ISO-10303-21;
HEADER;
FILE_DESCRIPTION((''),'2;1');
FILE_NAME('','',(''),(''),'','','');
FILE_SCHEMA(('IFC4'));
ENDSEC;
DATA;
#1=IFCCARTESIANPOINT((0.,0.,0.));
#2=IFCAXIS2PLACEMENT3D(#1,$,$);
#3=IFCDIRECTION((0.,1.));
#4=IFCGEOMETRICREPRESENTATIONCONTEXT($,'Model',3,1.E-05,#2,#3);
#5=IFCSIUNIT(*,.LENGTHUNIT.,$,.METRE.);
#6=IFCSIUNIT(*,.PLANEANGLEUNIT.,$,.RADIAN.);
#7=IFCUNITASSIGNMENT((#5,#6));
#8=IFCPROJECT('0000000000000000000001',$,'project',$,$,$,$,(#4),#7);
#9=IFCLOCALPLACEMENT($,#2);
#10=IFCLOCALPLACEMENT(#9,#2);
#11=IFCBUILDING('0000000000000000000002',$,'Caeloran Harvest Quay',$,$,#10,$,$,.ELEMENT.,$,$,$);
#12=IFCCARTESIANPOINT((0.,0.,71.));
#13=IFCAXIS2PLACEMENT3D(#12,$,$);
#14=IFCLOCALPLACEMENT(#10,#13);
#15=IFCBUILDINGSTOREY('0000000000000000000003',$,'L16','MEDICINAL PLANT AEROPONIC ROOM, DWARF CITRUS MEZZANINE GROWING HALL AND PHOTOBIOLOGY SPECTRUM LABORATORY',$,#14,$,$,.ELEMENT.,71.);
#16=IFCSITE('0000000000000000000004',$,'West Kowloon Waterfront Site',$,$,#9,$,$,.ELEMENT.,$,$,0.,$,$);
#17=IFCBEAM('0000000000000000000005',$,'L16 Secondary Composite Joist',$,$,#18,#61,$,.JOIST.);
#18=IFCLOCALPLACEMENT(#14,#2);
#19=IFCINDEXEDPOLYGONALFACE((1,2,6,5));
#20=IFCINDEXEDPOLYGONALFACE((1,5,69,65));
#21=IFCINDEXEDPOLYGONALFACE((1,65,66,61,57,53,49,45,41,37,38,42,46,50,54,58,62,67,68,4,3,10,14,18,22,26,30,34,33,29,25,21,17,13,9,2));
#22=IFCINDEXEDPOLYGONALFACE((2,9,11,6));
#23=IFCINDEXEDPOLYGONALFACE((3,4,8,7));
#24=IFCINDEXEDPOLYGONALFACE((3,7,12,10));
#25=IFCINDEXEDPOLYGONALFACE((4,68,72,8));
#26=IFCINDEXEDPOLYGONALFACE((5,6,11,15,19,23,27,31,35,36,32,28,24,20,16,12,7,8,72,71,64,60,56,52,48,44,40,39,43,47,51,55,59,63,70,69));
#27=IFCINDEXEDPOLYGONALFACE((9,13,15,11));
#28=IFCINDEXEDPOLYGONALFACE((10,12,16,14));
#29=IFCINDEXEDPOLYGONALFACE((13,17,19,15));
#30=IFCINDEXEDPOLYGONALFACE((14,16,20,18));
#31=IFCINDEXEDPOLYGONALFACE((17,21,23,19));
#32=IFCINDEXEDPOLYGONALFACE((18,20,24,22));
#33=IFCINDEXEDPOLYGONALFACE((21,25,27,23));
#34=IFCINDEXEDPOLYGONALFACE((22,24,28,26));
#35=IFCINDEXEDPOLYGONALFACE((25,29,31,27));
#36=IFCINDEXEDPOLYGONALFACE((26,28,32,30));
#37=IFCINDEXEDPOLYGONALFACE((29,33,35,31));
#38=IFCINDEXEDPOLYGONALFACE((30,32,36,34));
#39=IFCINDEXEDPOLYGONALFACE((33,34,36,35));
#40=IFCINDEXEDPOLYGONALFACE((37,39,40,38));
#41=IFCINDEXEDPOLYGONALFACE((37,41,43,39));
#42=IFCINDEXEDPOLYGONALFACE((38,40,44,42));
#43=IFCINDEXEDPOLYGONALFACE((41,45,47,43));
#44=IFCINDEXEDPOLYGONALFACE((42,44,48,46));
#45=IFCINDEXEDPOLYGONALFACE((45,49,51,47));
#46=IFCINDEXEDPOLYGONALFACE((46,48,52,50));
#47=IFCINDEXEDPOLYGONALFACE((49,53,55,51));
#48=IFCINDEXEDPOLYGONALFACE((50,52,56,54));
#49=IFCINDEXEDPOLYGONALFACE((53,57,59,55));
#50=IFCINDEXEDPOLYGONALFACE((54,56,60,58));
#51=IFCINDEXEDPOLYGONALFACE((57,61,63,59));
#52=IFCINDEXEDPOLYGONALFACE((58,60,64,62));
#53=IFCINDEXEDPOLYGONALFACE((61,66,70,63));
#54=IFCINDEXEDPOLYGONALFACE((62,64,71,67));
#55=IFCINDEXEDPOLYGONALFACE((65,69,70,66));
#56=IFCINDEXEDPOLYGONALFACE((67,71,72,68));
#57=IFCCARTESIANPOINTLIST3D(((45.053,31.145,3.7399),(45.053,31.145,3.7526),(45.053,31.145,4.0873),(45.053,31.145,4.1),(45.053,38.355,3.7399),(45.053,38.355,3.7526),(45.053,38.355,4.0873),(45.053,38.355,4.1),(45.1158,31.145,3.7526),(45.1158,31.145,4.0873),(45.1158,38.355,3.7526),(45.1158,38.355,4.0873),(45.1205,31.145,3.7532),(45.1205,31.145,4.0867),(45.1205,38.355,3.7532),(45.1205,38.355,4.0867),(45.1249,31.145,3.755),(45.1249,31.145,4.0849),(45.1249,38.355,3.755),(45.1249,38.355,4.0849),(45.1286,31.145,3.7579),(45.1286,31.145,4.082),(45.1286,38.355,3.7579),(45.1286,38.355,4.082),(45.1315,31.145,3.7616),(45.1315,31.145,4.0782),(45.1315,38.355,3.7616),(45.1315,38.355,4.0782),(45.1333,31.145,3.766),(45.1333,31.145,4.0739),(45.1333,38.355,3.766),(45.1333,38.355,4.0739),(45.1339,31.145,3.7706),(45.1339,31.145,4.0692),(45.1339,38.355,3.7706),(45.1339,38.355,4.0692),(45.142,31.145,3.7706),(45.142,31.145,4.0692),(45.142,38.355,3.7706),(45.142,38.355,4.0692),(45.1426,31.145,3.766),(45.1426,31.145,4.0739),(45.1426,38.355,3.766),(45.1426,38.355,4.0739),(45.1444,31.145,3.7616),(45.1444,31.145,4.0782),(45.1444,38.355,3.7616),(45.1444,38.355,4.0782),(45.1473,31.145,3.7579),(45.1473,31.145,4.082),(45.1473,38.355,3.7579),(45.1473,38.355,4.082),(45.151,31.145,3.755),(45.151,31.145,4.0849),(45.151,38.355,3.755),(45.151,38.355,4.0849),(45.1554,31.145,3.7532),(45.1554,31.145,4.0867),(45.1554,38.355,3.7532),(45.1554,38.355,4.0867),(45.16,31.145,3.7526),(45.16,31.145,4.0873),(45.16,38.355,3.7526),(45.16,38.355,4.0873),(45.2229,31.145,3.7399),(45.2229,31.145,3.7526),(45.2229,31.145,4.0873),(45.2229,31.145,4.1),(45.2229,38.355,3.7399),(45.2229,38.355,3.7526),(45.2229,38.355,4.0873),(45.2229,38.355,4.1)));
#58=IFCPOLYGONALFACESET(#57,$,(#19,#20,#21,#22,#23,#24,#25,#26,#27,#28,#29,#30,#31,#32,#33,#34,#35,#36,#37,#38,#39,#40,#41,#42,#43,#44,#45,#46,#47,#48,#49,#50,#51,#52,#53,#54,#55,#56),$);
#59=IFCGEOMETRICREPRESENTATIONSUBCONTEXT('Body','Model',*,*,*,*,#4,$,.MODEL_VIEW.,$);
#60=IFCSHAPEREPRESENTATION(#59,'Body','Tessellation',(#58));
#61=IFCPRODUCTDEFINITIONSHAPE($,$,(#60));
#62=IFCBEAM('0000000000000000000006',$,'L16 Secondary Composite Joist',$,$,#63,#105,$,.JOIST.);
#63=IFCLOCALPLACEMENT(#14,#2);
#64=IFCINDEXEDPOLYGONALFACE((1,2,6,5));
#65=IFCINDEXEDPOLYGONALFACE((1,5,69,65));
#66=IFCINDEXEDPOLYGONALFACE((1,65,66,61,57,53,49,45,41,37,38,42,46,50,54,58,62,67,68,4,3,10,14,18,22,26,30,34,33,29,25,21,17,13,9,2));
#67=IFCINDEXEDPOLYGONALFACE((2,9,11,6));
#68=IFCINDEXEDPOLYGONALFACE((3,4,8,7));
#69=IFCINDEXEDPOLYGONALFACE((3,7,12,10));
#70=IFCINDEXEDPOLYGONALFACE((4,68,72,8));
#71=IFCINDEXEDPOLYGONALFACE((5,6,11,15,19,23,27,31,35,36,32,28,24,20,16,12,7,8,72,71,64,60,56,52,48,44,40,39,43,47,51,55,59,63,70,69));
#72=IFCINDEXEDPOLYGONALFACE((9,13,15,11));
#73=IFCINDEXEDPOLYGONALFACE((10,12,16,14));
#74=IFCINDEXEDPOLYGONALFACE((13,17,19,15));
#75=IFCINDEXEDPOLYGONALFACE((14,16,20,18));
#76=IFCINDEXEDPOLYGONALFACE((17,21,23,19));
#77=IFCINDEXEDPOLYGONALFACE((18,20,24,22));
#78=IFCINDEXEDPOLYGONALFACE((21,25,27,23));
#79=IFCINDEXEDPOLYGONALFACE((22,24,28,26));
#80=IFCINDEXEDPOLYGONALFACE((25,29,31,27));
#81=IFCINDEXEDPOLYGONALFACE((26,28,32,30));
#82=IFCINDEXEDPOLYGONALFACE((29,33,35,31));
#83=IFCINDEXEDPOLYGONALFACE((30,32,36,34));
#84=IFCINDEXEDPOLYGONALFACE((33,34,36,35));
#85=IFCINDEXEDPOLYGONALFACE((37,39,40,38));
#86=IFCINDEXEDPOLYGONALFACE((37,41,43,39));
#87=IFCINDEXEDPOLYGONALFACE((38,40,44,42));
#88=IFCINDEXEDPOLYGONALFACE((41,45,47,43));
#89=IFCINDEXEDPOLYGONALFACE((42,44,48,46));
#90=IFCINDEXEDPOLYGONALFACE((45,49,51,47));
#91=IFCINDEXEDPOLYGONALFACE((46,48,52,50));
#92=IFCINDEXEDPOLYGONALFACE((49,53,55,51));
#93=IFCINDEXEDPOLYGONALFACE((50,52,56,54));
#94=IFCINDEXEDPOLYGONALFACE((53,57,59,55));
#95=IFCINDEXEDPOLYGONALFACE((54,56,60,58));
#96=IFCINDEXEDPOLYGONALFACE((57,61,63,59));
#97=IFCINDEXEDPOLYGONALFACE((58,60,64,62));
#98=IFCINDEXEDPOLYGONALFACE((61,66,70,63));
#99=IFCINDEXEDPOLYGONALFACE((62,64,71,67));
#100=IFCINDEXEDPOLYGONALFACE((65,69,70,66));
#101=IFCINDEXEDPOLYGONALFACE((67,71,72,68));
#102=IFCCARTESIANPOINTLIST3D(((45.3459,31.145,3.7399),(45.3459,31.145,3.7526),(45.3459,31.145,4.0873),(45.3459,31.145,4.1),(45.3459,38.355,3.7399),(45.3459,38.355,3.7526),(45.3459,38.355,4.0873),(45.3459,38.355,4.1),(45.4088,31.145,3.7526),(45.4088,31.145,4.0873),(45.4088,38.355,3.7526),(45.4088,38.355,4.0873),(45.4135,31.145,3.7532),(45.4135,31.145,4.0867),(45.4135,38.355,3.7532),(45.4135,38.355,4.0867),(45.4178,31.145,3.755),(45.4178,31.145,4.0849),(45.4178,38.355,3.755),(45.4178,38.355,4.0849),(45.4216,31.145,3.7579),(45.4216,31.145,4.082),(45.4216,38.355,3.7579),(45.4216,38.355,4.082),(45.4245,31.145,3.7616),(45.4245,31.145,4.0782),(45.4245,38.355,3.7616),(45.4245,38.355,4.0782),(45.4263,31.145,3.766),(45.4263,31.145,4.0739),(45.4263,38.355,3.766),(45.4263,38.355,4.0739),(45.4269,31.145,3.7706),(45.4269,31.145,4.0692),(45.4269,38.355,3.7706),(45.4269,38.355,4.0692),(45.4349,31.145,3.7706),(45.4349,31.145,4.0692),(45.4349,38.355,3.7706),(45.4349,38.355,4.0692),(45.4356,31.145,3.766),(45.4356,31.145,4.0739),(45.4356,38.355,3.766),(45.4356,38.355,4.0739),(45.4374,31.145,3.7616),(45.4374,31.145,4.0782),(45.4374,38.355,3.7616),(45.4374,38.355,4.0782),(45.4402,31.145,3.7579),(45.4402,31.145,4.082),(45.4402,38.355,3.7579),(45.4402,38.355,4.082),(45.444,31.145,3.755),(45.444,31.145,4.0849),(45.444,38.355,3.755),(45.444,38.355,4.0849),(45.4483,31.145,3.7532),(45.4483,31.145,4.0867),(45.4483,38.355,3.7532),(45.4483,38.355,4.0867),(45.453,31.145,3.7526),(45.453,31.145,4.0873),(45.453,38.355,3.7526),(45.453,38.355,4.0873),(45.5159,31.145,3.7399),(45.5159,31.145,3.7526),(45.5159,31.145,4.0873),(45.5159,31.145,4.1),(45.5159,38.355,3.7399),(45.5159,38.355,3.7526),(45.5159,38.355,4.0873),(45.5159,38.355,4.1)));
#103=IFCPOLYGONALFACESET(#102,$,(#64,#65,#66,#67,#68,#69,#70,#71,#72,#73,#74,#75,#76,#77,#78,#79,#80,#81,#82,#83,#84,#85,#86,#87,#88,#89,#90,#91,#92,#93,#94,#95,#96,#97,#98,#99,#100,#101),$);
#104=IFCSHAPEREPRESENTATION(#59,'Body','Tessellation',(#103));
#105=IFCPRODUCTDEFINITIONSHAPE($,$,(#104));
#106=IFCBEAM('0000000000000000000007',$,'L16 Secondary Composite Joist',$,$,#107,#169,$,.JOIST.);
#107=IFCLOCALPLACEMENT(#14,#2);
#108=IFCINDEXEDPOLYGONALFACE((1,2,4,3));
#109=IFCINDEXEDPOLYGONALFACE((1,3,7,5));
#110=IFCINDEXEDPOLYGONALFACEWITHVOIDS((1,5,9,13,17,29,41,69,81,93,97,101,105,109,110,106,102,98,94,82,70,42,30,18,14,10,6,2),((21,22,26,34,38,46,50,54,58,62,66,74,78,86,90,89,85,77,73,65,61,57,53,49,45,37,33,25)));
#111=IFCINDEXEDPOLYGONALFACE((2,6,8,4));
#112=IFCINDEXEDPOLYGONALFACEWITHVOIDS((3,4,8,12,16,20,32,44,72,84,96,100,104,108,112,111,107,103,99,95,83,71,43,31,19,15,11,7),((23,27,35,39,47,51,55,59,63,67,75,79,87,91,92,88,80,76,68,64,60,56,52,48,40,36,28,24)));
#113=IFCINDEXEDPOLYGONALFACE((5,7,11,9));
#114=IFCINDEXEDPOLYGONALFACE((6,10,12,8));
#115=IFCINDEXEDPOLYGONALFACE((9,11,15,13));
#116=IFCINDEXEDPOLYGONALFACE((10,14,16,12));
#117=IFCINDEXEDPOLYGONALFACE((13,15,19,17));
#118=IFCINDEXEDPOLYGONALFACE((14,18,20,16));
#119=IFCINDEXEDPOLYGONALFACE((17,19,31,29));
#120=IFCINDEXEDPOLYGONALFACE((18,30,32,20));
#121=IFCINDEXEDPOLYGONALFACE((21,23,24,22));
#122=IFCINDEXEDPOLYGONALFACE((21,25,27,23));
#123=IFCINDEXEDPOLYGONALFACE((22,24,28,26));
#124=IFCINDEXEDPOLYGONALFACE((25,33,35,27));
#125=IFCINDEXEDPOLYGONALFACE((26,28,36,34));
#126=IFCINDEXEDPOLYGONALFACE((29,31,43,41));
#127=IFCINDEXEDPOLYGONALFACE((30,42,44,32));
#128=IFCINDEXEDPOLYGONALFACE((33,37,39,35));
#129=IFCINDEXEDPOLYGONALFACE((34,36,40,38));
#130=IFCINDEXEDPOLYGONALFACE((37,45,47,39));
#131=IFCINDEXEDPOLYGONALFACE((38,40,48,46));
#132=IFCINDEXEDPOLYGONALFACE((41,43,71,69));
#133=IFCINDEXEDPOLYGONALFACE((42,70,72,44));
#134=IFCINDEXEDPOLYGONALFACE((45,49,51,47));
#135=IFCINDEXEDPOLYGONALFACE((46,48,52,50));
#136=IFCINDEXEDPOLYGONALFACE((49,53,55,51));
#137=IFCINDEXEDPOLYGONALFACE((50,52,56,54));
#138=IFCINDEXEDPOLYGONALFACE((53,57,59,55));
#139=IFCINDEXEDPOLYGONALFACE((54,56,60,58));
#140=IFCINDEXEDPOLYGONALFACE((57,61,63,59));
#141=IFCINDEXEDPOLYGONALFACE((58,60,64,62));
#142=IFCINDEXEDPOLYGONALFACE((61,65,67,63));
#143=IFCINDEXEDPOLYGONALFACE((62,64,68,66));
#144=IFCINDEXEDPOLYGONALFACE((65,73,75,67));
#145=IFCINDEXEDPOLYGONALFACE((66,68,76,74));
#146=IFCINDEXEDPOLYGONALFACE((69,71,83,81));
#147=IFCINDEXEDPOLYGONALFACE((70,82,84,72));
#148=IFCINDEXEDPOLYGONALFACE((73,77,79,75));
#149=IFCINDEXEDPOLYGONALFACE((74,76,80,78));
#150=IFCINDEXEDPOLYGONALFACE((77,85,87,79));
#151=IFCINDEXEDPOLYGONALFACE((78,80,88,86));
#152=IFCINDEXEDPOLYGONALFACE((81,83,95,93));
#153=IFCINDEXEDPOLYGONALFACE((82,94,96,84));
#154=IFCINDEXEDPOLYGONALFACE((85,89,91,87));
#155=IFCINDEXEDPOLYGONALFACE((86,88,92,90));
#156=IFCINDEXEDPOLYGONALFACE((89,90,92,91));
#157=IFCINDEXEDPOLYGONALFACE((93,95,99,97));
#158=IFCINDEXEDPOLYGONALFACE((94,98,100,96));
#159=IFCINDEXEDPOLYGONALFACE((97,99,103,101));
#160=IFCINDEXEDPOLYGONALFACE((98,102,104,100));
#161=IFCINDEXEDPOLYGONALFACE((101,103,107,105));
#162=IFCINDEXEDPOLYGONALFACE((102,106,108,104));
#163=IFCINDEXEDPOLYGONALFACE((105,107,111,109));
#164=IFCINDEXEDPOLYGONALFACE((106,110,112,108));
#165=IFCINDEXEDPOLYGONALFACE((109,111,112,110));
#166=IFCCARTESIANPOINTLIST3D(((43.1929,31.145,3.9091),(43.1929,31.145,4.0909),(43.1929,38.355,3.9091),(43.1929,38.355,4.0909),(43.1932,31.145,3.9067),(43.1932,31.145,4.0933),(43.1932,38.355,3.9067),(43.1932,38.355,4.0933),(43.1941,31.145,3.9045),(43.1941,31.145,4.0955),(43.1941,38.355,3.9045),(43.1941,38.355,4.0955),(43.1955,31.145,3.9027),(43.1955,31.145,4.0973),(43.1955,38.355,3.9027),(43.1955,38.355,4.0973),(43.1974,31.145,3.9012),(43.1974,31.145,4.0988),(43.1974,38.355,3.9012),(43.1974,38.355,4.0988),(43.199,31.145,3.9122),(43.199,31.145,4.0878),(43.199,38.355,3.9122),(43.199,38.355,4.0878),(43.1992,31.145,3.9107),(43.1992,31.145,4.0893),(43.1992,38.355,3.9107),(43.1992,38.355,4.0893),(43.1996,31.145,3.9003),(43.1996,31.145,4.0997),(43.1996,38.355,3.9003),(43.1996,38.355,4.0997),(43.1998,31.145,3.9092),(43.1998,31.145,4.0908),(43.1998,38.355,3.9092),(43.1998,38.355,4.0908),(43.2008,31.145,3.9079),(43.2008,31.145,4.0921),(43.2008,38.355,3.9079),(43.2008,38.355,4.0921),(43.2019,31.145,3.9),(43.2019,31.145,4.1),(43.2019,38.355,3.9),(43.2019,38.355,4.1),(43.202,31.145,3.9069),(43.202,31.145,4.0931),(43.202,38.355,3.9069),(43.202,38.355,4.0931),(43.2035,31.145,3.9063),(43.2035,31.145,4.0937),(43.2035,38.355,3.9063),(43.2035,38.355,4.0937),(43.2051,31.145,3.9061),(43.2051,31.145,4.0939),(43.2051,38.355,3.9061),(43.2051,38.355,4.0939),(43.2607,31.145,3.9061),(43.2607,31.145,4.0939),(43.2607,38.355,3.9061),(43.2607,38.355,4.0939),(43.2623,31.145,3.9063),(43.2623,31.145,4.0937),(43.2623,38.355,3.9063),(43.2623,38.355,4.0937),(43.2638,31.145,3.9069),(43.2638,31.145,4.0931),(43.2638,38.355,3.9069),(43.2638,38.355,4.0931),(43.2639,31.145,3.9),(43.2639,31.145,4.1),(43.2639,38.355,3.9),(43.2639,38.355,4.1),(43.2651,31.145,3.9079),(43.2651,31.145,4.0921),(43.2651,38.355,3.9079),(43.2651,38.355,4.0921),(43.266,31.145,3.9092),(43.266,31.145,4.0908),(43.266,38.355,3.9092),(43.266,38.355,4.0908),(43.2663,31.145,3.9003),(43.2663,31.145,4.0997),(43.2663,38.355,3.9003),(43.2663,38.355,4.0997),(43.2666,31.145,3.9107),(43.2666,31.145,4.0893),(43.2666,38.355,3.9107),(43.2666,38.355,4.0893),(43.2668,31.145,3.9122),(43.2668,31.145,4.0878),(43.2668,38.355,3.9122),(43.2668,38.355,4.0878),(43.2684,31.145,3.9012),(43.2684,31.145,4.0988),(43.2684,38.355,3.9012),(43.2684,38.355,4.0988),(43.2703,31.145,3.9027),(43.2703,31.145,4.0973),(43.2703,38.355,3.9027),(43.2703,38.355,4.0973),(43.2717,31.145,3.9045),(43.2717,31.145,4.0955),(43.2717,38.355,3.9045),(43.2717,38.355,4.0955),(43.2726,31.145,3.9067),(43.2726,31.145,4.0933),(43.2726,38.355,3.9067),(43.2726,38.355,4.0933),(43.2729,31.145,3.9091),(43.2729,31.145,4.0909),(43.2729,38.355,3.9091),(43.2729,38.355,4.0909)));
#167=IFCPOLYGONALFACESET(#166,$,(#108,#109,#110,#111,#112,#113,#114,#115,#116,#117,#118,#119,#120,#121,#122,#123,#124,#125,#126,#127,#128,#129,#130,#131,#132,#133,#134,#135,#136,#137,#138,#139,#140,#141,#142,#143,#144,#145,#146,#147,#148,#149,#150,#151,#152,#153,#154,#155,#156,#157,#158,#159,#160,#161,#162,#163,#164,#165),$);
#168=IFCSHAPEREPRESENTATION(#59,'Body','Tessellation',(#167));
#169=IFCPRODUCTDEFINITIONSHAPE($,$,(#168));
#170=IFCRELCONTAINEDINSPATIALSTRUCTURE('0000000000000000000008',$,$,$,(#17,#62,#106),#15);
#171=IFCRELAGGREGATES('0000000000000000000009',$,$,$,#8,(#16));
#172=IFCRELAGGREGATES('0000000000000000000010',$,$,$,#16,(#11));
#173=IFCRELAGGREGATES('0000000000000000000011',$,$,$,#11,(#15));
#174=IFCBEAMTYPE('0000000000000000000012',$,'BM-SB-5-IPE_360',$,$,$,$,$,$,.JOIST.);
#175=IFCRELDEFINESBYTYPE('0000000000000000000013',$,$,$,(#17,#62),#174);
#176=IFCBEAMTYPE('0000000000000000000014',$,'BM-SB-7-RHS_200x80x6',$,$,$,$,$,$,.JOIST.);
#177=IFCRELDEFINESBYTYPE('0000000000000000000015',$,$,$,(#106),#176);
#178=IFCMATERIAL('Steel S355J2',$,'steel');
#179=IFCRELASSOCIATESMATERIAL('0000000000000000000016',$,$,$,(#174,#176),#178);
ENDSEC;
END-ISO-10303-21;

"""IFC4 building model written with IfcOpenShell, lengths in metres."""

from ifc_helpers import new_model, si_unit, direction, frame, origin, origin_2d, place, context, subcontext, project, spatial, hollow_rectangle, i_section, extrude, material, material_profile, profile_set, type_object, element, save


model = new_model("IFC4")

# Units and contexts
model_context = context("Model", 3, precision=1e-05, world=origin(), true_north=direction((0.0, 1.0)))
body_context = subcontext(model_context, "Body", "Model", "MODEL_VIEW")
ifc_project = project(units=[si_unit("LENGTHUNIT", "METRE"), si_unit("PLANEANGLEUNIT", "RADIAN")], contexts=[model_context])

# Site, building, storey
site_placement = place(None, origin())
site = spatial("IfcSite", under=ifc_project, at=site_placement, Name="West Kowloon Waterfront Site", CompositionType="ELEMENT", RefElevation=0.0)
building_placement = place(site_placement, origin())
building = spatial("IfcBuilding", under=site, at=building_placement, Name="Caeloran Harvest Quay", CompositionType="ELEMENT")
storey_placement = place(building_placement, frame((0.0, 0.0, 71.0)))
storey = spatial("IfcBuildingStorey", under=building, at=storey_placement, Name="L16", Description="MEDICINAL PLANT AEROPONIC ROOM, DWARF CITRUS MEZZANINE GROWING HALL AND PHOTOBIOLOGY SPECTRUM LABORATORY", CompositionType="ELEMENT", Elevation=71.0)

# Beams
ifc_material_1 = material(Name="Steel S355J2", Category="steel")
ifc_material_profile_1 = material_profile(ifc_material_1, i_section(OverallWidth=0.1699, OverallDepth=0.3601, WebThickness=0.0081, FlangeThickness=0.0127, FilletRadius=0.0181, at=origin_2d()), Name="IPE 360")
ifc_profile_set_1 = profile_set([ifc_material_profile_1], Name="Steel S355J2")
beam_type_1 = type_object("IfcBeamType", Name="BM-SB-5-IPE_360", PredefinedType="JOIST", material=ifc_profile_set_1)
for number, where, z_axis, x_axis, name in (
    (1, (45.1379, 31.145, 3.9199), (0.0, 1.0, 0.0), (-1.0, 0.0, 0.0), "L16 Secondary Composite Joist"),
    (2, (45.4309, 31.145, 3.9199), (0.0, 1.0, 0.0), (-1.0, 0.0, 0.0), "L16 Secondary Composite Joist"),
):
    element("IfcBeam", number, at=place(storey_placement, frame(where, z_axis=z_axis, x_axis=x_axis)), inside=storey, type_object=beam_type_1, Name=name, PredefinedType="JOIST", context=body_context, shape_type="SweptSolid", body=[
        extrude(i_section(OverallWidth=0.1699, OverallDepth=0.3601, WebThickness=0.0081, FlangeThickness=0.0127, FilletRadius=0.0181, at=origin_2d()), origin(), (0.0, 0.0, 1.0), 7.21),
    ])
ifc_material_profile_2 = material_profile(ifc_material_1, hollow_rectangle(XDim=0.0801, YDim=0.2, WallThickness=0.0061, InnerFilletRadius=0.0061, OuterFilletRadius=0.009, at=origin_2d()), Name="RHS 200x80x6")
ifc_profile_set_2 = profile_set([ifc_material_profile_2], Name="Steel S355J2")
beam_type_2 = type_object("IfcBeamType", Name="BM-SB-7-RHS_200x80x6", PredefinedType="JOIST", material=ifc_profile_set_2)
for number, where, z_axis, x_axis, name in (
    (3, (43.2329, 31.145, 4.0), (0.0, 1.0, 0.0), (-1.0, 0.0, 0.0), "L16 Secondary Composite Joist"),
):
    element("IfcBeam", number, at=place(storey_placement, frame(where, z_axis=z_axis, x_axis=x_axis)), inside=storey, type_object=beam_type_2, Name=name, PredefinedType="JOIST", context=body_context, shape_type="SweptSolid", body=[
        extrude(hollow_rectangle(XDim=0.0801, YDim=0.2, WallThickness=0.0061, InnerFilletRadius=0.0061, OuterFilletRadius=0.009, at=origin_2d()), origin(), (0.0, 0.0, 1.0), 7.21),
    ])

save(model, "model.ifc")
